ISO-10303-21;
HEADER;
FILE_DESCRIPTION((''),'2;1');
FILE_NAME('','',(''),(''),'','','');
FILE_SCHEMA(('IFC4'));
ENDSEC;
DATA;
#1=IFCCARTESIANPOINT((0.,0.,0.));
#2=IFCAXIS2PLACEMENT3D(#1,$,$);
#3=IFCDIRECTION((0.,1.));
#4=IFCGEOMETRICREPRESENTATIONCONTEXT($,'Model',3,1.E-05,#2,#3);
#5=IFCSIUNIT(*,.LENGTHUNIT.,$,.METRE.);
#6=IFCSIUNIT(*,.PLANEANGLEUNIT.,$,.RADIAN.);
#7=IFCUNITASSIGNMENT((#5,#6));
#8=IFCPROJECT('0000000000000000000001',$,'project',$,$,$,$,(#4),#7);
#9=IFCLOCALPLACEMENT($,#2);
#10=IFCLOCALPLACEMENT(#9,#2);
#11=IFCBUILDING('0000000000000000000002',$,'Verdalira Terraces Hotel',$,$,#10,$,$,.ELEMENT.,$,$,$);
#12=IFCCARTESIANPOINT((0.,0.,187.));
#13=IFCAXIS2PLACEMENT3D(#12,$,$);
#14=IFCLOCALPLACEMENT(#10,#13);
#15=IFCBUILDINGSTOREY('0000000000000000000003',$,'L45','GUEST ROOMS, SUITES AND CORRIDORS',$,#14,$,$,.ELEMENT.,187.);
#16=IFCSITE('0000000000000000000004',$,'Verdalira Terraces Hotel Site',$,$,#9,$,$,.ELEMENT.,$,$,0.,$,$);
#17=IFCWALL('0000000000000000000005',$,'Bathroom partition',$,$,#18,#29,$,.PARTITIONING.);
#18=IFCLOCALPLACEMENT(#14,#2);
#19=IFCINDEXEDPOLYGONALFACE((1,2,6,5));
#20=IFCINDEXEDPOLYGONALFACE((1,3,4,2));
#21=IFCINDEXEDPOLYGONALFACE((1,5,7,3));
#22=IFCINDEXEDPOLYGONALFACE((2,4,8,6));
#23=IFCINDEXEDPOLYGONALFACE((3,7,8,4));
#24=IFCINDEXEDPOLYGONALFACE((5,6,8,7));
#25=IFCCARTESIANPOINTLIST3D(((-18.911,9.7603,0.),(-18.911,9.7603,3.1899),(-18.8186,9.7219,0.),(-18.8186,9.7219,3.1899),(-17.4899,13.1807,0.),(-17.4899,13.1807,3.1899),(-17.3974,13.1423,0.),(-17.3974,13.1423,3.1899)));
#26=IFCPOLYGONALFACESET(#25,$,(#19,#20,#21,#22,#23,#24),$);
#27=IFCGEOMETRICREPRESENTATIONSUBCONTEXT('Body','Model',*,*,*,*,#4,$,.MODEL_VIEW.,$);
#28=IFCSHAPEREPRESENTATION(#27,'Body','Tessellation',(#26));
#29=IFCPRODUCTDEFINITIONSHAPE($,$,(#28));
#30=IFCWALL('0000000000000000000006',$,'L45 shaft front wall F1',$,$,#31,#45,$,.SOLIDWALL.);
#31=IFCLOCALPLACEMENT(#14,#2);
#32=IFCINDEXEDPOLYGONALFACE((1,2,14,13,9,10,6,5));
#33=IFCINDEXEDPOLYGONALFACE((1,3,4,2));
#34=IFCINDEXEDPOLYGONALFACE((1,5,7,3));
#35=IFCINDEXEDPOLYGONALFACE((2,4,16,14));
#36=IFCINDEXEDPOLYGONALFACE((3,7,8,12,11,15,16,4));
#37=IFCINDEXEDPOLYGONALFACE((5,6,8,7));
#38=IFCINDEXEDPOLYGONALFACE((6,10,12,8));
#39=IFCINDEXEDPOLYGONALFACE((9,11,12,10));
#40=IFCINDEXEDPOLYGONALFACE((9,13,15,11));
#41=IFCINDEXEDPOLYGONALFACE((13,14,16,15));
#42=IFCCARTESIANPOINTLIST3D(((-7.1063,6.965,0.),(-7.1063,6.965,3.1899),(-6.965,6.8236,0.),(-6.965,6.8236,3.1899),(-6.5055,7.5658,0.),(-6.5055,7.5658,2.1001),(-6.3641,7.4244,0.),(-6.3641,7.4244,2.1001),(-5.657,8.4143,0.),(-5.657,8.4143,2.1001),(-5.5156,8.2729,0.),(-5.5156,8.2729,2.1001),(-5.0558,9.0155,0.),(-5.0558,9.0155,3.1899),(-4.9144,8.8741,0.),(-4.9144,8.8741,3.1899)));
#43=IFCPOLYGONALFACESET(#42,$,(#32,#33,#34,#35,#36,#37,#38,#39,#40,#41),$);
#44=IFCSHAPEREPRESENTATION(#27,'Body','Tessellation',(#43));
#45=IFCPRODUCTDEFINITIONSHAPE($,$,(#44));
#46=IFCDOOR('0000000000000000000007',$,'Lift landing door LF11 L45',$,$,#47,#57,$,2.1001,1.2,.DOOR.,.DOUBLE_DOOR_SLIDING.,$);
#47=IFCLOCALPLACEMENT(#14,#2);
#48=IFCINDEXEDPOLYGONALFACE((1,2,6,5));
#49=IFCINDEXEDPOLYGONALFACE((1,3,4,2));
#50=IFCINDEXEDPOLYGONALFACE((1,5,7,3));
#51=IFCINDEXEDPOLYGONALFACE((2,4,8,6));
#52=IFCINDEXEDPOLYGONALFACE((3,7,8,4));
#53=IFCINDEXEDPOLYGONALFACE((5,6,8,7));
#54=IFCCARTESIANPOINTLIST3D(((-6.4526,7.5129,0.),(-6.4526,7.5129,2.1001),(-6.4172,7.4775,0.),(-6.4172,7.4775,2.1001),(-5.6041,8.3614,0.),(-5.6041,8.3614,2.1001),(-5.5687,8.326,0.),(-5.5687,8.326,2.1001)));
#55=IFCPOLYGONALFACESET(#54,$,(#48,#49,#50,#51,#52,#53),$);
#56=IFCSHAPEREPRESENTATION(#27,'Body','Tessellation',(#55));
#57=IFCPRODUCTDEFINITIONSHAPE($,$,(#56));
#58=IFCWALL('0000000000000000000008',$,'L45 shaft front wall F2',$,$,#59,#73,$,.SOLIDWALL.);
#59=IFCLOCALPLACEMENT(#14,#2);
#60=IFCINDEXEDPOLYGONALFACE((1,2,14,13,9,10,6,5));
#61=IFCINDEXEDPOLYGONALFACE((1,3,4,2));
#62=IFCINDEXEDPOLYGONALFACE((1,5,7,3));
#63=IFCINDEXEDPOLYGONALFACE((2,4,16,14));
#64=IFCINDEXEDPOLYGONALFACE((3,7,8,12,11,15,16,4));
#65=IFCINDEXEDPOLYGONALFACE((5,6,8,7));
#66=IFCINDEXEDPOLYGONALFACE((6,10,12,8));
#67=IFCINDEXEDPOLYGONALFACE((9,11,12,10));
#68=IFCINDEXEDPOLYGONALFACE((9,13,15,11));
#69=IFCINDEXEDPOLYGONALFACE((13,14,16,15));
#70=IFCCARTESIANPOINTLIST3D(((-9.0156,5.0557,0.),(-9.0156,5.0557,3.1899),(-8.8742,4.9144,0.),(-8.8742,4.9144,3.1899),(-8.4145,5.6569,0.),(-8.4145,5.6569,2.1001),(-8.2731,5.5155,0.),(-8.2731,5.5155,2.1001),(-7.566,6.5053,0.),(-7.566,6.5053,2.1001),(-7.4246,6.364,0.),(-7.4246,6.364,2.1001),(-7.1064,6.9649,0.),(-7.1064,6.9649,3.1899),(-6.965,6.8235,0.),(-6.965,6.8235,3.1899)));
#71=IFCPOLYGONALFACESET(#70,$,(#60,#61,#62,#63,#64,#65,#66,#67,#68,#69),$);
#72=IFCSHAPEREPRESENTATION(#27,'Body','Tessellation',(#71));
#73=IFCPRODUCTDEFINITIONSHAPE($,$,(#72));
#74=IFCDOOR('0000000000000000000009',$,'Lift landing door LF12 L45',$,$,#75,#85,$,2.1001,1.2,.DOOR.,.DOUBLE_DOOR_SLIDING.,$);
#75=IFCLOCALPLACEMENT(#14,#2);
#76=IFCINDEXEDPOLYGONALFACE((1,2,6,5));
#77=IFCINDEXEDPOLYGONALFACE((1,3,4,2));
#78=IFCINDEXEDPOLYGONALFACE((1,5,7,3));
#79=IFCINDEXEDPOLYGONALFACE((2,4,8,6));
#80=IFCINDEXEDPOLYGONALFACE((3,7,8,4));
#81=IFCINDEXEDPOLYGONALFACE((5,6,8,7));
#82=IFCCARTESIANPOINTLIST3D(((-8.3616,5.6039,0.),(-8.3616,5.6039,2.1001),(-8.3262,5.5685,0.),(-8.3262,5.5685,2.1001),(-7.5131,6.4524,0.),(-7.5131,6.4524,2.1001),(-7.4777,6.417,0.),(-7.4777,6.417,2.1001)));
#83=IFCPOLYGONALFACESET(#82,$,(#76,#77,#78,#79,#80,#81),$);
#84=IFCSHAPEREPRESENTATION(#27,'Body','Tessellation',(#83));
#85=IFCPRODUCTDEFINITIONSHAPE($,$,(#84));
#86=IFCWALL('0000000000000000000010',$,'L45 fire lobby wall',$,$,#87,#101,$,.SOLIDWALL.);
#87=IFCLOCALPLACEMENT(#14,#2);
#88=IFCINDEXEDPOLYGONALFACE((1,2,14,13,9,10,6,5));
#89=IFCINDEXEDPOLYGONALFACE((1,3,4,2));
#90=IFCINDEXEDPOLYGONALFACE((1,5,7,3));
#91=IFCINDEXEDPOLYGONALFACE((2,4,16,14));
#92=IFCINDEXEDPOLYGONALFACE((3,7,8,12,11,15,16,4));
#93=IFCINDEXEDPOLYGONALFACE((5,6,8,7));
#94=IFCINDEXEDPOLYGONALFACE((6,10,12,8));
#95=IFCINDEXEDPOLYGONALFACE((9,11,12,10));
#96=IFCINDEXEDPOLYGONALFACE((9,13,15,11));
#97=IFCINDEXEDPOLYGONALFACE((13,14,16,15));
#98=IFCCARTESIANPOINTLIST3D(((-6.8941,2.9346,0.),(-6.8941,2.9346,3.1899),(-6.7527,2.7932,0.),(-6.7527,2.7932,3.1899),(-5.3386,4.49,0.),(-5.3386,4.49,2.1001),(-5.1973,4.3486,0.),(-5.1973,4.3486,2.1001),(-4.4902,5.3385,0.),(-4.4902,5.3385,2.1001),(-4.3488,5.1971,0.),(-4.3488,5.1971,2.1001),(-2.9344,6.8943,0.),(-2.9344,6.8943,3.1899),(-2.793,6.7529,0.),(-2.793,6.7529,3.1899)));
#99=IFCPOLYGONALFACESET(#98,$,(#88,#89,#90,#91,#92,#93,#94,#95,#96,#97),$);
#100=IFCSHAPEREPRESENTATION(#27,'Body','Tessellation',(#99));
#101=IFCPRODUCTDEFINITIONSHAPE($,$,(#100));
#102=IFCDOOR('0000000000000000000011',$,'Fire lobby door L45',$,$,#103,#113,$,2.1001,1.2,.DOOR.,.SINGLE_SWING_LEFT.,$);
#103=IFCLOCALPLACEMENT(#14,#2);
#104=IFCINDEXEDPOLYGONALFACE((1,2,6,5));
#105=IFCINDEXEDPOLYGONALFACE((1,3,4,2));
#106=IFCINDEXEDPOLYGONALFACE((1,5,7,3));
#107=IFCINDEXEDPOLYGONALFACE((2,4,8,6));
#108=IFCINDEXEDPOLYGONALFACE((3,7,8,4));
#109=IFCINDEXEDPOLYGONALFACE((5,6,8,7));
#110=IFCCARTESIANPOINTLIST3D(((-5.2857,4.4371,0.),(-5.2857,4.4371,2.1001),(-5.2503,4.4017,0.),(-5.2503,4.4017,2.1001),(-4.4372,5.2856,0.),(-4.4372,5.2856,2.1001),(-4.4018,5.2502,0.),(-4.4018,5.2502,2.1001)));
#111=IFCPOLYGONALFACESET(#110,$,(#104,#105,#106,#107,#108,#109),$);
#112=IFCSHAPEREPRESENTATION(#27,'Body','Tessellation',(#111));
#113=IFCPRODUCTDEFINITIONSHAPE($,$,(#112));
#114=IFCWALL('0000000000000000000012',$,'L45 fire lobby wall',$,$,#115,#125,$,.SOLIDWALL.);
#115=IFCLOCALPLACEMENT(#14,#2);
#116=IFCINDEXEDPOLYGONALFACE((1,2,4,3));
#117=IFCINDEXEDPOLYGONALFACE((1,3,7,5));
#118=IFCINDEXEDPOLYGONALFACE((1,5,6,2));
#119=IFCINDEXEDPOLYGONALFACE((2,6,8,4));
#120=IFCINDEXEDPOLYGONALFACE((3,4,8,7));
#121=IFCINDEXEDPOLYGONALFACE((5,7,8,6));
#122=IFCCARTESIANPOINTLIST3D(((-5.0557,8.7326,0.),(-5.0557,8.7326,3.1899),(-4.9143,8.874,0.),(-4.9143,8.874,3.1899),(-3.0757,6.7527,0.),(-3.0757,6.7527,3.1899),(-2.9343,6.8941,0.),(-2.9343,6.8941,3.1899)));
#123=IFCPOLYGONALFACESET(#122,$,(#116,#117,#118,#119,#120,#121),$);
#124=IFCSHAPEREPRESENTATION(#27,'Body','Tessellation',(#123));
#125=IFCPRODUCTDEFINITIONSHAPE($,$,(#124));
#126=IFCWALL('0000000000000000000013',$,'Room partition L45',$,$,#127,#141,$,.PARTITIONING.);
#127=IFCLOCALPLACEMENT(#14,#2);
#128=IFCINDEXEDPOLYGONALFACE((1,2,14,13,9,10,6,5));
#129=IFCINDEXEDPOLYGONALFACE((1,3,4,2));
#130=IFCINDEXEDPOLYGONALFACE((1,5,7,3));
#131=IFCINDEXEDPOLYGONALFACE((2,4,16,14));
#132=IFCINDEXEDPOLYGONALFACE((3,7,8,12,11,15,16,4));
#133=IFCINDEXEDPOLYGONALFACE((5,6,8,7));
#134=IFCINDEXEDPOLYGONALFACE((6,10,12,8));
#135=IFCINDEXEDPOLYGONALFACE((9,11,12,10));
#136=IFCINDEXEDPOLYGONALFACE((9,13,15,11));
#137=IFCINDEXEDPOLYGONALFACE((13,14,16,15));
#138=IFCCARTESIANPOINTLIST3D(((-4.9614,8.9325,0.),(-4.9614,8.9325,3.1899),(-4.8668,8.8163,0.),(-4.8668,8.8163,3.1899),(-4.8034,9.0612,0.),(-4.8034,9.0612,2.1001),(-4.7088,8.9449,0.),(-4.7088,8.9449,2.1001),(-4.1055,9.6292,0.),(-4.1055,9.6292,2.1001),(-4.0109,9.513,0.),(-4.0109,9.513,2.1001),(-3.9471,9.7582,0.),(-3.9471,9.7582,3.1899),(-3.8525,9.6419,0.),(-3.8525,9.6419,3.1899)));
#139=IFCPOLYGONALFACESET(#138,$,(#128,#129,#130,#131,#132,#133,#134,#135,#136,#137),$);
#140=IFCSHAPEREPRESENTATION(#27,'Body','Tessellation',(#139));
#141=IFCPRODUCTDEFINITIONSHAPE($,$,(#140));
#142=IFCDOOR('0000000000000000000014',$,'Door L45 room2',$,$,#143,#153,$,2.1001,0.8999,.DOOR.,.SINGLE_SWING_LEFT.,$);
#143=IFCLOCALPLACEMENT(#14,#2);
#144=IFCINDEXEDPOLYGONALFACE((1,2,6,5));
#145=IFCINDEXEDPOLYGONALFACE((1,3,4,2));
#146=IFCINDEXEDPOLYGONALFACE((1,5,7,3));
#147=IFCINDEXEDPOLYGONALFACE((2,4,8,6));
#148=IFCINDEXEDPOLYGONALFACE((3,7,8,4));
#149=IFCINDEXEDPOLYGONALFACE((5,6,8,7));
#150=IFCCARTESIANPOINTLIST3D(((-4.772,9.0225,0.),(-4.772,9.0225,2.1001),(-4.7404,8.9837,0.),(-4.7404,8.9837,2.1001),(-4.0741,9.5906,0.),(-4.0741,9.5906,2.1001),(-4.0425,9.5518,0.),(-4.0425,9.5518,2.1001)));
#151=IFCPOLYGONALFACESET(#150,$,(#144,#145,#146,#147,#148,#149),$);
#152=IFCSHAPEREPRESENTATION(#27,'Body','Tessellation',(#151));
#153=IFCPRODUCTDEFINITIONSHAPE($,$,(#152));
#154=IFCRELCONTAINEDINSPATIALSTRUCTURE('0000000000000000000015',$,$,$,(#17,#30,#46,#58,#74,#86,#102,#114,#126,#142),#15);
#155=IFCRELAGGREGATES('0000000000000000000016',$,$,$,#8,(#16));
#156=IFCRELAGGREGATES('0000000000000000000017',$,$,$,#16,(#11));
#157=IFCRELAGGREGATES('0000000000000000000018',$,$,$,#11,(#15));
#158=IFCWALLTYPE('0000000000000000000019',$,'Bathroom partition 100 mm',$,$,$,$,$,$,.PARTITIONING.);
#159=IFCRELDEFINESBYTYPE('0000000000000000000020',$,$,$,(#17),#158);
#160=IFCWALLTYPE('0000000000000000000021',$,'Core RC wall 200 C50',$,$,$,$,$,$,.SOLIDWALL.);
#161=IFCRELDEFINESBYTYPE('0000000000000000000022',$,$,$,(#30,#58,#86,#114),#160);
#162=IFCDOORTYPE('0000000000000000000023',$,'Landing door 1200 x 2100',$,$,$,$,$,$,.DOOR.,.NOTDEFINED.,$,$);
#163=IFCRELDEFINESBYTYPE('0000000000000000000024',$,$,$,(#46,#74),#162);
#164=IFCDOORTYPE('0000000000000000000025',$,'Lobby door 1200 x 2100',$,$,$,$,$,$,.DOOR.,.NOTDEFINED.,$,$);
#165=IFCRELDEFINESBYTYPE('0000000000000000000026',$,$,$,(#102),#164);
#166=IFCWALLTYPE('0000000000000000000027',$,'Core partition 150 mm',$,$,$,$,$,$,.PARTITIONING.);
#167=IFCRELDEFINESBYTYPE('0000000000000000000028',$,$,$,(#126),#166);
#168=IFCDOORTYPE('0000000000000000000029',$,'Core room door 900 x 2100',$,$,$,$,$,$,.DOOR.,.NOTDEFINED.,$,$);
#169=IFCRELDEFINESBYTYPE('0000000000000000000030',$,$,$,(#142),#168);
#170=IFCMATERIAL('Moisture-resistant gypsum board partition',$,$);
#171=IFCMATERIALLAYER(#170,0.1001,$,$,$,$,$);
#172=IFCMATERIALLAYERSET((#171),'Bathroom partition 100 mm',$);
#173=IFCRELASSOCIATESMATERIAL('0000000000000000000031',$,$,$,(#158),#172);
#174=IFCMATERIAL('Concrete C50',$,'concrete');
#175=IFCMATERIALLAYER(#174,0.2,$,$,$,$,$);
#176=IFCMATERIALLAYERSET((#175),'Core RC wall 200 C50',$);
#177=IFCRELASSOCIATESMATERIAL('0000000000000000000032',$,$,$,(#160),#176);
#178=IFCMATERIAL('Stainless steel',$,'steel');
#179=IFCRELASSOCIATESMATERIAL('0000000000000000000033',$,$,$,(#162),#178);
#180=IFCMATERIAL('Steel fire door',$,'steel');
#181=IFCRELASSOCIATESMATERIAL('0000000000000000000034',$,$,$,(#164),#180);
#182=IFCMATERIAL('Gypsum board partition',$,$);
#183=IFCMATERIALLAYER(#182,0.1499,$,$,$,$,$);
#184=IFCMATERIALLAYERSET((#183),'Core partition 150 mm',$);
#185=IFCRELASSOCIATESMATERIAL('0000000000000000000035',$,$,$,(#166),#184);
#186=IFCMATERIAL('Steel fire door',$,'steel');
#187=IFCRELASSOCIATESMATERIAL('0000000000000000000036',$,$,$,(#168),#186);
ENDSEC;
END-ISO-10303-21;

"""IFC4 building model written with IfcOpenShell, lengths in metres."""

from ifc_helpers import new_model, si_unit, direction, frame, frame_2d, origin, place, context, subcontext, project, spatial, rectangle, extrude, material, layer, layer_set, type_object, element, fill, save


model = new_model("IFC4")

# Units and contexts
model_context = context("Model", 3, precision=1e-05, world=origin(), true_north=direction((0.0, 1.0)))
body_context = subcontext(model_context, "Body", "Model", "MODEL_VIEW")
ifc_project = project(units=[si_unit("LENGTHUNIT", "METRE"), si_unit("PLANEANGLEUNIT", "RADIAN")], contexts=[model_context])

# Site, building, storey
site_placement = place(None, origin())
site = spatial("IfcSite", under=ifc_project, at=site_placement, Name="Verdalira Terraces Hotel Site", CompositionType="ELEMENT", RefElevation=0.0)
building_placement = place(site_placement, origin())
building = spatial("IfcBuilding", under=site, at=building_placement, Name="Verdalira Terraces Hotel", CompositionType="ELEMENT")
storey_placement = place(building_placement, frame((0.0, 0.0, 187.0)))
storey = spatial("IfcBuildingStorey", under=building, at=storey_placement, Name="L45", Description="GUEST ROOMS, SUITES AND CORRIDORS", CompositionType="ELEMENT", Elevation=187.0)

# Wall
ifc_material_1 = material(Name="Moisture-resistant gypsum board partition")
ifc_layer_1 = layer(ifc_material_1, 0.1001)
ifc_layer_set_1 = layer_set([ifc_layer_1], Name="Bathroom partition 100 mm")
wall_type_1 = type_object("IfcWallType", Name="Bathroom partition 100 mm", PredefinedType="PARTITIONING", material=ifc_layer_set_1)
wall_1_placement = place(storey_placement, frame((-17.4436, 13.1616, 0.0), z_axis=(0.0, 0.0, 1.0), x_axis=(-0.383688, -0.923463, 0.0)))
element("IfcWall", 1, at=wall_1_placement, inside=storey, type_object=wall_type_1, Name="Bathroom partition", PredefinedType="PARTITIONING", context=body_context, shape_type="SweptSolid", body=[
    extrude(rectangle(XDim=3.7039, YDim=0.1001, at=frame_2d((1.8521, 0.0))), origin(), (0.0, 0.0, 1.0), 3.1899),
])

# Walls, openings, doors
ifc_material_2 = material(Name="Concrete C50", Category="concrete")
ifc_layer_2 = layer(ifc_material_2, 0.2)
ifc_layer_set_2 = layer_set([ifc_layer_2], Name="Core RC wall 200 C50")
wall_type_2 = type_object("IfcWallType", Name="Core RC wall 200 C50", PredefinedType="SOLIDWALL", material=ifc_layer_set_2)
wall_2_placement = place(storey_placement, frame((-4.9851, 8.9448, 0.0), z_axis=(0.0, 0.0, 1.0), x_axis=(-0.707107, -0.707107, 0.0)))
wall_2 = element("IfcWall", 2, at=wall_2_placement, inside=storey, type_object=wall_type_2, Name="L45 shaft front wall F1", PredefinedType="SOLIDWALL", context=body_context, shape_type="SweptSolid", body=[
    extrude(rectangle(XDim=2.8999, YDim=0.2, at=frame_2d((1.45, 0.0))), origin(), (0.0, 0.0, 1.0), 3.1899),
])
opening_1_placement = place(wall_2_placement, frame((0.8501, 0.0, 0.0)))
opening_1 = element("IfcOpeningElement", 3, at=opening_1_placement, cuts=wall_2, PredefinedType="OPENING", context=body_context, shape_type="SweptSolid", body=[
    extrude(rectangle(XDim=1.2, YDim=2.1001, at=frame_2d((0.6001, 1.05))), frame((0.0, 0.1099, 0.0), z_axis=(0.0, -1.0, 0.0), x_axis=(1.0, 0.0, 0.0)), (0.0, 0.0, 1.0), 0.22),
])
ifc_material_3 = material(Name="Stainless steel", Category="steel")
door_type_1 = type_object("IfcDoorType", Name="Landing door 1200 x 2100", OperationType="NOTDEFINED", PredefinedType="DOOR", material=ifc_material_3)
door_1_placement = place(opening_1_placement, origin())
door_1 = element("IfcDoor", 4, at=door_1_placement, inside=storey, type_object=door_type_1, Name="Lift landing door LF11 L45", OperationType="DOUBLE_DOOR_SLIDING", OverallHeight=2.1001, OverallWidth=1.2, PredefinedType="DOOR", context=body_context, shape_type="SweptSolid", body=[
    extrude(rectangle(XDim=1.2, YDim=2.1001, at=frame_2d((0.6001, 1.05))), frame((0.0, 0.0249, 0.0), z_axis=(0.0, -1.0, 0.0), x_axis=(1.0, 0.0, 0.0)), (0.0, 0.0, 1.0), 0.05),
])
fill(opening_1, door_1)
wall_3_placement = place(storey_placement, frame((-7.0356, 6.8943, 0.0), z_axis=(0.0, 0.0, 1.0), x_axis=(-0.707107, -0.707107, 0.0)))
wall_3 = element("IfcWall", 5, at=wall_3_placement, inside=storey, type_object=wall_type_2, Name="L45 shaft front wall F2", PredefinedType="SOLIDWALL", context=body_context, shape_type="SweptSolid", body=[
    extrude(rectangle(XDim=2.7, YDim=0.2, at=frame_2d((1.3501, 0.0))), origin(), (0.0, 0.0, 1.0), 3.1899),
])
opening_2_placement = place(wall_3_placement, frame((0.6499, 0.0, 0.0)))
opening_2 = element("IfcOpeningElement", 6, at=opening_2_placement, cuts=wall_3, PredefinedType="OPENING", context=body_context, shape_type="SweptSolid", body=[
    extrude(rectangle(XDim=1.2, YDim=2.1001, at=frame_2d((0.6001, 1.05))), frame((0.0, 0.1099, 0.0), z_axis=(0.0, -1.0, 0.0), x_axis=(1.0, 0.0, 0.0)), (0.0, 0.0, 1.0), 0.22),
])
door_2_placement = place(opening_2_placement, origin())
door_2 = element("IfcDoor", 7, at=door_2_placement, inside=storey, type_object=door_type_1, Name="Lift landing door LF12 L45", OperationType="DOUBLE_DOOR_SLIDING", OverallHeight=2.1001, OverallWidth=1.2, PredefinedType="DOOR", context=body_context, shape_type="SweptSolid", body=[
    extrude(rectangle(XDim=1.2, YDim=2.1001, at=frame_2d((0.6001, 1.05))), frame((0.0, 0.0249, 0.0), z_axis=(0.0, -1.0, 0.0), x_axis=(1.0, 0.0, 0.0)), (0.0, 0.0, 1.0), 0.05),
])
fill(opening_2, door_2)
wall_4_placement = place(storey_placement, frame((-2.8638, 6.8235, 0.0), z_axis=(0.0, 0.0, 1.0), x_axis=(-0.707107, -0.707107, 0.0)))
wall_4 = element("IfcWall", 8, at=wall_4_placement, inside=storey, type_object=wall_type_2, Name="L45 fire lobby wall", PredefinedType="SOLIDWALL", context=body_context, shape_type="SweptSolid", body=[
    extrude(rectangle(XDim=5.5999, YDim=0.2, at=frame_2d((2.7998, 0.0))), origin(), (0.0, 0.0, 1.0), 3.1899),
])
opening_3_placement = place(wall_4_placement, frame((2.2, 0.0, 0.0)))
opening_3 = element("IfcOpeningElement", 9, at=opening_3_placement, cuts=wall_4, PredefinedType="OPENING", context=body_context, shape_type="SweptSolid", body=[
    extrude(rectangle(XDim=1.2, YDim=2.1001, at=frame_2d((0.6001, 1.05))), frame((0.0, 0.1099, 0.0), z_axis=(0.0, -1.0, 0.0), x_axis=(1.0, 0.0, 0.0)), (0.0, 0.0, 1.0), 0.22),
])
ifc_material_4 = material(Name="Steel fire door", Category="steel")
door_type_2 = type_object("IfcDoorType", Name="Lobby door 1200 x 2100", OperationType="NOTDEFINED", PredefinedType="DOOR", material=ifc_material_4)
door_3_placement = place(opening_3_placement, origin())
door_3 = element("IfcDoor", 10, at=door_3_placement, inside=storey, type_object=door_type_2, Name="Fire lobby door L45", OperationType="SINGLE_SWING_LEFT", OverallHeight=2.1001, OverallWidth=1.2, PredefinedType="DOOR", context=body_context, shape_type="SweptSolid", body=[
    extrude(rectangle(XDim=1.2, YDim=2.1001, at=frame_2d((0.6001, 1.05))), frame((0.0, 0.0249, 0.0), z_axis=(0.0, -1.0, 0.0), x_axis=(1.0, 0.0, 0.0)), (0.0, 0.0, 1.0), 0.05),
])
fill(opening_3, door_3)

# Wall
wall_5_placement = place(storey_placement, frame((-3.0051, 6.8235, 0.0), z_axis=(0.0, 0.0, 1.0), x_axis=(-0.707107, 0.707107, 0.0)))
element("IfcWall", 11, at=wall_5_placement, inside=storey, type_object=wall_type_2, Name="L45 fire lobby wall", PredefinedType="SOLIDWALL", context=body_context, shape_type="SweptSolid", body=[
    extrude(rectangle(XDim=2.8, YDim=0.2, at=frame_2d((1.3999, 0.0))), origin(), (0.0, 0.0, 1.0), 3.1899),
])

# Wall, opening, door
ifc_material_5 = material(Name="Gypsum board partition")
ifc_layer_3 = layer(ifc_material_5, 0.1499)
ifc_layer_set_3 = layer_set([ifc_layer_3], Name="Core partition 150 mm")
wall_type_3 = type_object("IfcWallType", Name="Core partition 150 mm", PredefinedType="PARTITIONING", material=ifc_layer_set_3)
wall_6_placement = place(storey_placement, frame((-3.8999, 9.7, 0.0), z_axis=(0.0, 0.0, 1.0), x_axis=(-0.77556, -0.631274, 0.0)))
wall_6 = element("IfcWall", 12, at=wall_6_placement, inside=storey, type_object=wall_type_3, Name="Room partition L45", PredefinedType="PARTITIONING", context=body_context, shape_type="SweptSolid", body=[
    extrude(rectangle(XDim=1.3079, YDim=0.1499, at=frame_2d((0.6538, 0.0))), origin(), (0.0, 0.0, 1.0), 3.1899),
])
opening_4_placement = place(wall_6_placement, frame((0.2041, 0.0, 0.0)))
opening_4 = element("IfcOpeningElement", 13, at=opening_4_placement, cuts=wall_6, PredefinedType="OPENING", context=body_context, shape_type="SweptSolid", body=[
    extrude(rectangle(XDim=0.8999, YDim=2.1001, at=frame_2d((0.45, 1.05))), frame((0.0, 0.085, 0.0), z_axis=(0.0, -1.0, 0.0), x_axis=(1.0, 0.0, 0.0)), (0.0, 0.0, 1.0), 0.1699),
])
ifc_material_6 = material(Name="Steel fire door", Category="steel")
door_type_3 = type_object("IfcDoorType", Name="Core room door 900 x 2100", OperationType="NOTDEFINED", PredefinedType="DOOR", material=ifc_material_6)
door_4_placement = place(opening_4_placement, origin())
door_4 = element("IfcDoor", 14, at=door_4_placement, inside=storey, type_object=door_type_3, Name="Door L45 room2", OperationType="SINGLE_SWING_LEFT", OverallHeight=2.1001, OverallWidth=0.8999, PredefinedType="DOOR", context=body_context, shape_type="SweptSolid", body=[
    extrude(rectangle(XDim=0.8999, YDim=2.1001, at=frame_2d((0.45, 1.05))), frame((0.0, 0.0249, 0.0), z_axis=(0.0, -1.0, 0.0), x_axis=(1.0, 0.0, 0.0)), (0.0, 0.0, 1.0), 0.05),
])
fill(opening_4, door_4)

save(model, "model.ifc")
